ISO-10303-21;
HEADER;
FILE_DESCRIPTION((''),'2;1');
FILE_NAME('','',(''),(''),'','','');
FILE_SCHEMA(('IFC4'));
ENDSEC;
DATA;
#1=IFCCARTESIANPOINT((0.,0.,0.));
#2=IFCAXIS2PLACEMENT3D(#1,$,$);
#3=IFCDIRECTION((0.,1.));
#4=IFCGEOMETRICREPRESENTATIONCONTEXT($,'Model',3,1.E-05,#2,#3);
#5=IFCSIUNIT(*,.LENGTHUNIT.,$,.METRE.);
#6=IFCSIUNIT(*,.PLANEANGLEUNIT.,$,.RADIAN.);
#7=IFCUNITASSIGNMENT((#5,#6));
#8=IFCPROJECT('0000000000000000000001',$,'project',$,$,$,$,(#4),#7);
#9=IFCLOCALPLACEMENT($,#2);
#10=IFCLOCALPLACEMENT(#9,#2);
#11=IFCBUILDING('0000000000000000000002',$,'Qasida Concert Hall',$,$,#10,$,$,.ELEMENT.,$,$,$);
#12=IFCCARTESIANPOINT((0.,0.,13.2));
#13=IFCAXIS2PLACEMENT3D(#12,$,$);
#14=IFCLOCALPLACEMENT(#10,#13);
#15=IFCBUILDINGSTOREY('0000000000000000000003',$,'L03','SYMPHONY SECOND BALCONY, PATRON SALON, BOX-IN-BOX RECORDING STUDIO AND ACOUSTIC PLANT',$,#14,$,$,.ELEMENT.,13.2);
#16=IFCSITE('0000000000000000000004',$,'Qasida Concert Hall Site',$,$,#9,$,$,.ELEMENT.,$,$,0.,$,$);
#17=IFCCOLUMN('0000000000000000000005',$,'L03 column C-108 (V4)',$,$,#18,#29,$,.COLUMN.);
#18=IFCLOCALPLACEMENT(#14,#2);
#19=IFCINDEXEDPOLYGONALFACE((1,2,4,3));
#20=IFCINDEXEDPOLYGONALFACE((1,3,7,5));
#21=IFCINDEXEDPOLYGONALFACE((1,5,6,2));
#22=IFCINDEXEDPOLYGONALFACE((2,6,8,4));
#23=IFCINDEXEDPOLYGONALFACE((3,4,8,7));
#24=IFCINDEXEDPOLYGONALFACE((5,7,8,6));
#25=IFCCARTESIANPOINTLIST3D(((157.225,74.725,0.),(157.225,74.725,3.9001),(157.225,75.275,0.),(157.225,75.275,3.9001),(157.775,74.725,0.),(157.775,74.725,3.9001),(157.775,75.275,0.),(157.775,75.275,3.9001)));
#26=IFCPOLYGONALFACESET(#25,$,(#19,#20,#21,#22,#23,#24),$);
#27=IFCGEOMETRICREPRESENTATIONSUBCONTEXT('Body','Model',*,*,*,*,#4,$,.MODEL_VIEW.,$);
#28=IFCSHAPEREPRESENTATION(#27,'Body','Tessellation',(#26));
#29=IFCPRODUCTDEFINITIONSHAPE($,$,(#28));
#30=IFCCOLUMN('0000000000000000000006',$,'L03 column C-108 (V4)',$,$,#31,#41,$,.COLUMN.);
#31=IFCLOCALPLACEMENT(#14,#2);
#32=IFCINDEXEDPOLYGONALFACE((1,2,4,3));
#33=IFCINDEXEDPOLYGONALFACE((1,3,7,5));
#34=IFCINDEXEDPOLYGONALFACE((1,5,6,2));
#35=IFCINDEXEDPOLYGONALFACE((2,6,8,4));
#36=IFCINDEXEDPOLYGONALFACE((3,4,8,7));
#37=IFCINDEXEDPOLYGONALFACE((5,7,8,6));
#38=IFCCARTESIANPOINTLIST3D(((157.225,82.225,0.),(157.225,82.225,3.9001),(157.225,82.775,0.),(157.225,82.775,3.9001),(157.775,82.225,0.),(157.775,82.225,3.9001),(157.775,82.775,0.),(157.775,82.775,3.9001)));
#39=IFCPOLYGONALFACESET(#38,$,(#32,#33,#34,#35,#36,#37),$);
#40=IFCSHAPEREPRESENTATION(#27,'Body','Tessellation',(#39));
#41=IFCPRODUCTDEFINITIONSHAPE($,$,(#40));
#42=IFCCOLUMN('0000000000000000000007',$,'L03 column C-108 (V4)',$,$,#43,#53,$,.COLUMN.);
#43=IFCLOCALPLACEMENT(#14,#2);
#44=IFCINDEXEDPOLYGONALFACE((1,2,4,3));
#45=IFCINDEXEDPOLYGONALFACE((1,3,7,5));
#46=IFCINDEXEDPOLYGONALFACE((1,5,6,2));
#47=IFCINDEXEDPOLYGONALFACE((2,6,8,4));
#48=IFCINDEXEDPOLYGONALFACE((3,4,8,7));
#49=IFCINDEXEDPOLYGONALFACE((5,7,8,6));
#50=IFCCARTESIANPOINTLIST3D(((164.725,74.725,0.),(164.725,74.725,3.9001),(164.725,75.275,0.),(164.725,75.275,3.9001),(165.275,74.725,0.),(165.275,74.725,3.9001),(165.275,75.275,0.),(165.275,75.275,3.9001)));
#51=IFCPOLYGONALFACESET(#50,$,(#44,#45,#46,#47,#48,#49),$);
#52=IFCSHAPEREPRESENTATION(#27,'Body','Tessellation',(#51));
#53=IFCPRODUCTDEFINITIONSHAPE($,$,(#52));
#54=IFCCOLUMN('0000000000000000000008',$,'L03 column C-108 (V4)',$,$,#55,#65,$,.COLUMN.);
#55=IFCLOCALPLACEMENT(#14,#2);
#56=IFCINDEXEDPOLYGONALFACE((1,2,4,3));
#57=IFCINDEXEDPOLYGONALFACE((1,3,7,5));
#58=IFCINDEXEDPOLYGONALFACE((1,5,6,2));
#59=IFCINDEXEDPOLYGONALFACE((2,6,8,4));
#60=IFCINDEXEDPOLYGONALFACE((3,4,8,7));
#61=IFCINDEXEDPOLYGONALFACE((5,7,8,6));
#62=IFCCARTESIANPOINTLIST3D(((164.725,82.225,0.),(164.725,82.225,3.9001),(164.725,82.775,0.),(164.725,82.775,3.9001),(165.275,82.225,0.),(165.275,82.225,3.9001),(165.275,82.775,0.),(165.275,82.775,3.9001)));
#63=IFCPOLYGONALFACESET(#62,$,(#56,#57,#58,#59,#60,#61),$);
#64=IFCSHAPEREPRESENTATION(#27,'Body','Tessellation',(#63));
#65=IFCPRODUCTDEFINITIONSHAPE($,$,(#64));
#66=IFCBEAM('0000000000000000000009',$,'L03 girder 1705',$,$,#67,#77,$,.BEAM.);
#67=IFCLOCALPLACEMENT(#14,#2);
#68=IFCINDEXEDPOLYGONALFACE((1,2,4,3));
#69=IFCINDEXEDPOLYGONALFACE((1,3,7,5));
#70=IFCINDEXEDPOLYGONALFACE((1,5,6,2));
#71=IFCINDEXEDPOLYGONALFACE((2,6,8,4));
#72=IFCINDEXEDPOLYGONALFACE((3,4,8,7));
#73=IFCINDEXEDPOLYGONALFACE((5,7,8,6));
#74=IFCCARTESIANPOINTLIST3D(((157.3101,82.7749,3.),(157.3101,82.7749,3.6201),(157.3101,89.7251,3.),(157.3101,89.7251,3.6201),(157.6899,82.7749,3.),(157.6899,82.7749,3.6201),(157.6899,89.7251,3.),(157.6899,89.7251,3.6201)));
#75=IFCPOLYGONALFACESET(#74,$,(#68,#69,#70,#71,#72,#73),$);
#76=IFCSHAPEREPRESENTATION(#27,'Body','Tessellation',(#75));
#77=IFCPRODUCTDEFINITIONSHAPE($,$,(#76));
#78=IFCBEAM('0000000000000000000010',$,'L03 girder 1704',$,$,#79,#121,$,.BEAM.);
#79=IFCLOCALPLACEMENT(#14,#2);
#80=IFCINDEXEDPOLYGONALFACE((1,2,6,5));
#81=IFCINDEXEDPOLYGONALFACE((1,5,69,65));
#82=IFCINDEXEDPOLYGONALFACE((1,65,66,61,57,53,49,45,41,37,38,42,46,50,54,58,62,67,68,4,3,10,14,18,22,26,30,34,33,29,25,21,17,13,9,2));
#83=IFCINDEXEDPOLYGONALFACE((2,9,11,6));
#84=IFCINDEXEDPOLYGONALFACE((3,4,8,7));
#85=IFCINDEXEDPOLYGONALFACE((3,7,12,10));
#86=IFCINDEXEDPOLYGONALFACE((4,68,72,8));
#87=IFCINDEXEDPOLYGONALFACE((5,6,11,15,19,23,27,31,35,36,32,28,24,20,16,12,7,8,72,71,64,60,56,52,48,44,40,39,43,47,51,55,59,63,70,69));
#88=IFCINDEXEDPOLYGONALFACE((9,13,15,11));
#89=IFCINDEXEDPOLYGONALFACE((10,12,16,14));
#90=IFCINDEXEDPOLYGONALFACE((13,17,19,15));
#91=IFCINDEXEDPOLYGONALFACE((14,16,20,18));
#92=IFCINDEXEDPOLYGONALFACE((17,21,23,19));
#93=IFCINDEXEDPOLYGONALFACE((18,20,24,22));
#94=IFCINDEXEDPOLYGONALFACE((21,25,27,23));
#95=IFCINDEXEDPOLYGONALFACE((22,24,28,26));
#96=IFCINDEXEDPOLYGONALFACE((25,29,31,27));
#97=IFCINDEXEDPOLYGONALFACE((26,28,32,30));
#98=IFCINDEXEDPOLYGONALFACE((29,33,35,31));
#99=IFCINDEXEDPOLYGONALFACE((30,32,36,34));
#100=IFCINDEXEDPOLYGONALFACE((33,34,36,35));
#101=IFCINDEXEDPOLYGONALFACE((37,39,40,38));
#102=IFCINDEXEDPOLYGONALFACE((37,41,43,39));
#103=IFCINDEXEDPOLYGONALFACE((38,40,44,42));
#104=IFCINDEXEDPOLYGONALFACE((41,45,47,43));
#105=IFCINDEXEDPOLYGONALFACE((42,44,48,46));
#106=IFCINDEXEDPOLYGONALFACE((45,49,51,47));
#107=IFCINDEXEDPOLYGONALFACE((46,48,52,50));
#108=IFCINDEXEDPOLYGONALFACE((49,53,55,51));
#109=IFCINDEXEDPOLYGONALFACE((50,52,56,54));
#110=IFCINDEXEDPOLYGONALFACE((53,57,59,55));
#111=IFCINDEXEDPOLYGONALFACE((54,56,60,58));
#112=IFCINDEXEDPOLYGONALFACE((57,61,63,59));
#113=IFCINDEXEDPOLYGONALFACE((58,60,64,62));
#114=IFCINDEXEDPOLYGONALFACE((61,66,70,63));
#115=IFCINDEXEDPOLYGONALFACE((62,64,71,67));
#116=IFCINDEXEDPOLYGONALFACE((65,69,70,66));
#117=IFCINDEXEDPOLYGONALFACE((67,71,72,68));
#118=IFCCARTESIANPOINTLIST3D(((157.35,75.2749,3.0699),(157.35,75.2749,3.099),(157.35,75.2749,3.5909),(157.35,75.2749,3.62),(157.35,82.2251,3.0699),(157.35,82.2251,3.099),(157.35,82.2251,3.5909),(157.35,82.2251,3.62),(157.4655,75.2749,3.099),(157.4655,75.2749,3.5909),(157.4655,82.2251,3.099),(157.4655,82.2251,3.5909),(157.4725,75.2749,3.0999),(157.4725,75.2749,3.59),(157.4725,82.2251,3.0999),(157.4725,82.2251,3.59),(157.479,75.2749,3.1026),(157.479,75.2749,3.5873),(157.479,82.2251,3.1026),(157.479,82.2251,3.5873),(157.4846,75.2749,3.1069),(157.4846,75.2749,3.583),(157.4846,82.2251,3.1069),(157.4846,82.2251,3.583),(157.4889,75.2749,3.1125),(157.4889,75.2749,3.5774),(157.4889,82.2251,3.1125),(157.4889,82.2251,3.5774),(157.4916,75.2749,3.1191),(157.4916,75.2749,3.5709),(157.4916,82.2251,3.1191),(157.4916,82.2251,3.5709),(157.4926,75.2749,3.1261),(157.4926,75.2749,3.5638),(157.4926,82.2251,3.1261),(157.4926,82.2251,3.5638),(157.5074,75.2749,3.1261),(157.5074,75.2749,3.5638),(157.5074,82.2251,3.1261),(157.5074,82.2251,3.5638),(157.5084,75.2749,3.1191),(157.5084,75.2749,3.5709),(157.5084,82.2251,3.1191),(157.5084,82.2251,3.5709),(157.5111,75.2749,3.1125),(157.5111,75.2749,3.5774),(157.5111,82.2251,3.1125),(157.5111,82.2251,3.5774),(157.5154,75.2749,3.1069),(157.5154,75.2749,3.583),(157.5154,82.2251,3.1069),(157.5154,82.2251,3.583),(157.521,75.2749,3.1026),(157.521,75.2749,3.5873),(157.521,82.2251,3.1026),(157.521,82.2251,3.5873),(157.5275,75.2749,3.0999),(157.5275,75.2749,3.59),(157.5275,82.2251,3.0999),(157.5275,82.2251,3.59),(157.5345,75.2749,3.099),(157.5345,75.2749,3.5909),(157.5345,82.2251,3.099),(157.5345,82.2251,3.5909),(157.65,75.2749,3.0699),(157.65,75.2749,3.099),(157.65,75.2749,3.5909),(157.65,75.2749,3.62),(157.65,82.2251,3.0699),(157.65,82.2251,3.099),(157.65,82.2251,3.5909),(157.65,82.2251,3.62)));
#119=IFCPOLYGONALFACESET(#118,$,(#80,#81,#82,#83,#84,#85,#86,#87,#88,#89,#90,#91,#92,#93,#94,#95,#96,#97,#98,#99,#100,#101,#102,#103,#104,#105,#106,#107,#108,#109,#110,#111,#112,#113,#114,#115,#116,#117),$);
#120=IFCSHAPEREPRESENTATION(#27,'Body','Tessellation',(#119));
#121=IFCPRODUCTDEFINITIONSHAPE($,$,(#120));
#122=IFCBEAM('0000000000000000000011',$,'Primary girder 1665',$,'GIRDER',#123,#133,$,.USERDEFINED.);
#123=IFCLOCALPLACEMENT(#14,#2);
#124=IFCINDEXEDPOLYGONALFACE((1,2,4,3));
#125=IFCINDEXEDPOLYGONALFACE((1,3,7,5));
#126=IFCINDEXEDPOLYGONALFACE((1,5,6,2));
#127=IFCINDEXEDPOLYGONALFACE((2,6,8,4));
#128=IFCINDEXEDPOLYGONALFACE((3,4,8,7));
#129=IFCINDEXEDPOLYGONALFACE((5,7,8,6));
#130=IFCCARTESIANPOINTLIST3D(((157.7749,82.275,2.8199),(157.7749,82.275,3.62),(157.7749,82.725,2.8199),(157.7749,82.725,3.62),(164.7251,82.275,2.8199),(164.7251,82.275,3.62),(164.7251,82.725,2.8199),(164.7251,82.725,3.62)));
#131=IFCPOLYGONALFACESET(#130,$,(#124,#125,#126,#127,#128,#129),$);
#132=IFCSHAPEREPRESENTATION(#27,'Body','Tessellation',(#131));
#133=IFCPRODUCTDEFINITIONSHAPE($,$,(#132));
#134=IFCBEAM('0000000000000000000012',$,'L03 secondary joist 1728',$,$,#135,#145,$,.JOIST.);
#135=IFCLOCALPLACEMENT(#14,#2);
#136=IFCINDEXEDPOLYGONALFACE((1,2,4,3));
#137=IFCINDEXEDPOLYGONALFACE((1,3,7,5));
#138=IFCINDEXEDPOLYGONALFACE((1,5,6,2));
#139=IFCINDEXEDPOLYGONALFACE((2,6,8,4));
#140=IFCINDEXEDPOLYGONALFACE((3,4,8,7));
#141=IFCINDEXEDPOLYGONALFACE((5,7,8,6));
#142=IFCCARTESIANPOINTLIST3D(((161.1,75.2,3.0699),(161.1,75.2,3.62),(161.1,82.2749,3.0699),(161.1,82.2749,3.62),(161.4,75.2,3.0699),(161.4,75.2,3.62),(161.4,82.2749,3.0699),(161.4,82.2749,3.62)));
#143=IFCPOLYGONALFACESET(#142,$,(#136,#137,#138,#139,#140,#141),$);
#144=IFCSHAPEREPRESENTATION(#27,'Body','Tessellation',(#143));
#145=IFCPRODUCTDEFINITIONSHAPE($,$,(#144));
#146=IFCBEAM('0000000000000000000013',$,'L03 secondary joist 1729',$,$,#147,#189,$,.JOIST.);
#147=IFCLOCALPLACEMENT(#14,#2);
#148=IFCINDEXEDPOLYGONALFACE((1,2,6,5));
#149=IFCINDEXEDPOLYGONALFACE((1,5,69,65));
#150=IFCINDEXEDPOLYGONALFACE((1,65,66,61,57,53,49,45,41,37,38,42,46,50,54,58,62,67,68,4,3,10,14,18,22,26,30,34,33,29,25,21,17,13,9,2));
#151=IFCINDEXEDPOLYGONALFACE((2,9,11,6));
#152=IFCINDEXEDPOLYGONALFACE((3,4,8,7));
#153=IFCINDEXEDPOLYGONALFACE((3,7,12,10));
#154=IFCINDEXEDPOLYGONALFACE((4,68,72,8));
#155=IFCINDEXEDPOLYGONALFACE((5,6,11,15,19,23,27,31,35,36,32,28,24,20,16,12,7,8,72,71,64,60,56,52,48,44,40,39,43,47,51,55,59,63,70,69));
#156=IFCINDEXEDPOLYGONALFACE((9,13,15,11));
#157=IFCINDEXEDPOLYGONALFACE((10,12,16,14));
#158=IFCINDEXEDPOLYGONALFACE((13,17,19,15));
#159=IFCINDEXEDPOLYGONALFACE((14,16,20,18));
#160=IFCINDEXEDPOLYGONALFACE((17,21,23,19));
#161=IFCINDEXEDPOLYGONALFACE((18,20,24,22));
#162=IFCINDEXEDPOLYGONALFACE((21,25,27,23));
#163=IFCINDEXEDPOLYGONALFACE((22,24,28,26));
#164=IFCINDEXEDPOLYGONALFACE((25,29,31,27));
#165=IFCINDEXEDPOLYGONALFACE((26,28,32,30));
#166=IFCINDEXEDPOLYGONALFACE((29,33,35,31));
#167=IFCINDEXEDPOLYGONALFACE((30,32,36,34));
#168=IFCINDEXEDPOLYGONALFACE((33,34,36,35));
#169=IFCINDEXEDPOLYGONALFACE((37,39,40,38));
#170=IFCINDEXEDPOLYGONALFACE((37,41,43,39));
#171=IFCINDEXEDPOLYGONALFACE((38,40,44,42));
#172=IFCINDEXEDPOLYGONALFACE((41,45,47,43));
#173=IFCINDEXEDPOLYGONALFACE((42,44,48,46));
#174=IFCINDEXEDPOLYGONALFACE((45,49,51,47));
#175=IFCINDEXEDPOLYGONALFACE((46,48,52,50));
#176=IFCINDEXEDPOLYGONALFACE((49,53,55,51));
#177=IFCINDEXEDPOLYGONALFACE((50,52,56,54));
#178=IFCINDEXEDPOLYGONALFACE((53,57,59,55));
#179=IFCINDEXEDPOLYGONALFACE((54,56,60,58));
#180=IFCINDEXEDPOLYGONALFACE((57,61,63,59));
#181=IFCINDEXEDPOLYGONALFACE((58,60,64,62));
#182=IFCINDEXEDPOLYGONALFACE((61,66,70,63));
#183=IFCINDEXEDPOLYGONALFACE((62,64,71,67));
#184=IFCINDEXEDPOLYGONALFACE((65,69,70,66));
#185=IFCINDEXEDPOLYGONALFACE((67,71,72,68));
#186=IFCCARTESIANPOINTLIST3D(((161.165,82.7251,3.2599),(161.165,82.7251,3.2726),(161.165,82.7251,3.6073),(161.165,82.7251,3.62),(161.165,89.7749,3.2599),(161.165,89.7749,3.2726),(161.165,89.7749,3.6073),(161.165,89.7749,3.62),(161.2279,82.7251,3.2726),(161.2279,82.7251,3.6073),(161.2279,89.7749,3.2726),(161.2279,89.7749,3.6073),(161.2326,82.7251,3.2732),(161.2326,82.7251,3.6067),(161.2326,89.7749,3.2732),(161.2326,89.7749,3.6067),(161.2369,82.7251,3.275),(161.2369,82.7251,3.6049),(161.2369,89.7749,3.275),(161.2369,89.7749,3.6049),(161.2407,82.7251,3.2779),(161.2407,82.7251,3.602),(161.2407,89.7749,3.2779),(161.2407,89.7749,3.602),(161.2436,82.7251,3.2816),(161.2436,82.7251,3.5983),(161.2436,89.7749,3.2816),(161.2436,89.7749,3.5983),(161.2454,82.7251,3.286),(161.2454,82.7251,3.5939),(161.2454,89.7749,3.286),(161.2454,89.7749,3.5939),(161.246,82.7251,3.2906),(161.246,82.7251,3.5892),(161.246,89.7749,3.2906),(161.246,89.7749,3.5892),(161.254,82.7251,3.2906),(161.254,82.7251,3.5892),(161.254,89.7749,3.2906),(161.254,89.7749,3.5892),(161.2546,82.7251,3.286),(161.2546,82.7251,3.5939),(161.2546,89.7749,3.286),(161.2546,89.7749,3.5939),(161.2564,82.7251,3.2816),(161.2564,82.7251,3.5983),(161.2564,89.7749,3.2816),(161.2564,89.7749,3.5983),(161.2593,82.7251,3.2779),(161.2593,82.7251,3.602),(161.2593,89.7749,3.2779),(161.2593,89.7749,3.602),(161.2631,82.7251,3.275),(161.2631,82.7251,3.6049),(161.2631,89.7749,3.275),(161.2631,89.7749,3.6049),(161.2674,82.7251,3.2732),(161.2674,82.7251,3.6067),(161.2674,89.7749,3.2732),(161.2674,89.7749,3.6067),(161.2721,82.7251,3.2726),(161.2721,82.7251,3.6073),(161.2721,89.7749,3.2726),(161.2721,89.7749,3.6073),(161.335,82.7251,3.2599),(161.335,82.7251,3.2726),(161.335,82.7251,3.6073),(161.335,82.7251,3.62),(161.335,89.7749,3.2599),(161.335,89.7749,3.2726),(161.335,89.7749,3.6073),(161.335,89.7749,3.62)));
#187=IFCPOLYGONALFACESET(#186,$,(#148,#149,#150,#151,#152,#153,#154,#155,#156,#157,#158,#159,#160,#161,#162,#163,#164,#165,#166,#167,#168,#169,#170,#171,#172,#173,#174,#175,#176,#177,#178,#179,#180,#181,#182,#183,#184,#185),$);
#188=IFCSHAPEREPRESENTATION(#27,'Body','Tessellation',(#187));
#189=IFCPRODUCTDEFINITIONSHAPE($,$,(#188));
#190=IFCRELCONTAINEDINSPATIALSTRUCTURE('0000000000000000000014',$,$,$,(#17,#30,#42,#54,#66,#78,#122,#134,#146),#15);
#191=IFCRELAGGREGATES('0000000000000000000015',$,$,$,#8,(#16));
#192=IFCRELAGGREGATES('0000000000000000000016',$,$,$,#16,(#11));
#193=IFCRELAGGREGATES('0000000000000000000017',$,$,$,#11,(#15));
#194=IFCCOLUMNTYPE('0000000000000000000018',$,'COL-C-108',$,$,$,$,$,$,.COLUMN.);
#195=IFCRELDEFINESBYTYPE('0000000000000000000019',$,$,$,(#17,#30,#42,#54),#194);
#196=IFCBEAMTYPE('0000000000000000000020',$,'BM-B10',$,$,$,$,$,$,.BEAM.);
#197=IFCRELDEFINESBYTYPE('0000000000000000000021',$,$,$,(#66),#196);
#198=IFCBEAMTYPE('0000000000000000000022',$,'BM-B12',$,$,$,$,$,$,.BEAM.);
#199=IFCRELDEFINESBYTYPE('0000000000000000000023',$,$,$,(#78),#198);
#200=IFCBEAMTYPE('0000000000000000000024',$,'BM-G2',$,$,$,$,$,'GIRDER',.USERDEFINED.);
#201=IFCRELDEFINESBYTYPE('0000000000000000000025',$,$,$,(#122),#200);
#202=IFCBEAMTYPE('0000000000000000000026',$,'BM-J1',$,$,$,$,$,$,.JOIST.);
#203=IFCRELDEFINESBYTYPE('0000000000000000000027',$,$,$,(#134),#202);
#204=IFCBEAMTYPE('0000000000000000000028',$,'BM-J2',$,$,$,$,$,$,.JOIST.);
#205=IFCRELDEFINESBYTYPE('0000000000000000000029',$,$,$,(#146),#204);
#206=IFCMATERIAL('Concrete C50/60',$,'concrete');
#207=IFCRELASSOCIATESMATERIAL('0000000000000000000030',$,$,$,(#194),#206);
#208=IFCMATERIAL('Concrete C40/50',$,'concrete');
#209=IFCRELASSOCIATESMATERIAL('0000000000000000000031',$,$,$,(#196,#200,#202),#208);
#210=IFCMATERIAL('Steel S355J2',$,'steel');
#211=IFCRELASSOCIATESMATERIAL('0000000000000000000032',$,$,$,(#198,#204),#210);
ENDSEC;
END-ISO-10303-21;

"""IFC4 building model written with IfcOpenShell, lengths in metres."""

from ifc_helpers import new_model, si_unit, direction, frame, origin, origin_2d, place, context, subcontext, project, spatial, rectangle, i_section, extrude, material, material_profile, profile_set, type_object, element, save


model = new_model("IFC4")

# Units and contexts
model_context = context("Model", 3, precision=1e-05, world=origin(), true_north=direction((0.0, 1.0)))
body_context = subcontext(model_context, "Body", "Model", "MODEL_VIEW")
ifc_project = project(units=[si_unit("LENGTHUNIT", "METRE"), si_unit("PLANEANGLEUNIT", "RADIAN")], contexts=[model_context])

# Site, building, storey
site_placement = place(None, origin())
site = spatial("IfcSite", under=ifc_project, at=site_placement, Name="Qasida Concert Hall Site", CompositionType="ELEMENT", RefElevation=0.0)
building_placement = place(site_placement, origin())
building = spatial("IfcBuilding", under=site, at=building_placement, Name="Qasida Concert Hall", CompositionType="ELEMENT")
storey_placement = place(building_placement, frame((0.0, 0.0, 13.2)))
storey = spatial("IfcBuildingStorey", under=building, at=storey_placement, Name="L03", Description="SYMPHONY SECOND BALCONY, PATRON SALON, BOX-IN-BOX RECORDING STUDIO AND ACOUSTIC PLANT", CompositionType="ELEMENT", Elevation=13.2)

# Columns
ifc_material_1 = material(Name="Concrete C50/60", Category="concrete")
ifc_material_profile_1 = material_profile(ifc_material_1, rectangle(XDim=0.55, YDim=0.55, at=origin_2d()), Name="RC 550x550")
ifc_profile_set_1 = profile_set([ifc_material_profile_1], Name="Concrete C50/60")
column_type = type_object("IfcColumnType", Name="COL-C-108", PredefinedType="COLUMN", material=ifc_profile_set_1)
for number, where, z_axis, x_axis, name in (
    (1, (157.5, 75.0, 0.0), (0.0, 0.0, 1.0), (1.0, 0.0, 0.0), "L03 column C-108 (V4)"),
    (2, (157.5, 82.5, 0.0), (0.0, 0.0, 1.0), (1.0, 0.0, 0.0), "L03 column C-108 (V4)"),
    (3, (165.0, 75.0, 0.0), (0.0, 0.0, 1.0), (1.0, 0.0, 0.0), "L03 column C-108 (V4)"),
    (4, (165.0, 82.5, 0.0), (0.0, 0.0, 1.0), (1.0, 0.0, 0.0), "L03 column C-108 (V4)"),
):
    element("IfcColumn", number, at=place(storey_placement, frame(where, z_axis=z_axis, x_axis=x_axis)), inside=storey, type_object=column_type, Name=name, PredefinedType="COLUMN", context=body_context, shape_type="SweptSolid", body=[
        extrude(rectangle(XDim=0.55, YDim=0.55, at=origin_2d()), origin(), (0.0, 0.0, 1.0), 3.9001),
    ])

# Beams
ifc_material_2 = material(Name="Concrete C40/50", Category="concrete")
ifc_material_profile_2 = material_profile(ifc_material_2, rectangle(XDim=0.3799, YDim=0.6201, at=origin_2d()), Name="RC 380x620")
ifc_profile_set_2 = profile_set([ifc_material_profile_2], Name="Concrete C40/50")
beam_type_1 = type_object("IfcBeamType", Name="BM-B10", PredefinedType="BEAM", material=ifc_profile_set_2)
beam_1_placement = place(storey_placement, frame((157.5, 82.7749, 3.3101), z_axis=(0.0, 1.0, 0.0), x_axis=(-1.0, 0.0, 0.0)))
element("IfcBeam", 5, at=beam_1_placement, inside=storey, type_object=beam_type_1, Name="L03 girder 1705", PredefinedType="BEAM", context=body_context, shape_type="SweptSolid", body=[
    extrude(rectangle(XDim=0.3799, YDim=0.6201, at=origin_2d()), origin(), (0.0, 0.0, 1.0), 6.9502),
])
ifc_material_3 = material(Name="Steel S355J2", Category="steel")
ifc_material_profile_3 = material_profile(ifc_material_3, i_section(OverallWidth=0.3, OverallDepth=0.55, WebThickness=0.0149, FlangeThickness=0.0291, FilletRadius=0.0271, at=origin_2d()), Name="HEB 550")
ifc_profile_set_3 = profile_set([ifc_material_profile_3], Name="Steel S355J2")
beam_type_2 = type_object("IfcBeamType", Name="BM-B12", PredefinedType="BEAM", material=ifc_profile_set_3)
beam_2_placement = place(storey_placement, frame((157.5, 75.2749, 3.345), z_axis=(0.0, 1.0, 0.0), x_axis=(-1.0, 0.0, 0.0)))
element("IfcBeam", 6, at=beam_2_placement, inside=storey, type_object=beam_type_2, Name="L03 girder 1704", PredefinedType="BEAM", context=body_context, shape_type="SweptSolid", body=[
    extrude(i_section(OverallWidth=0.3, OverallDepth=0.55, WebThickness=0.0149, FlangeThickness=0.0291, FilletRadius=0.0271, at=origin_2d()), origin(), (0.0, 0.0, 1.0), 6.9502),
])
ifc_material_profile_4 = material_profile(ifc_material_2, rectangle(XDim=0.45, YDim=0.8, at=origin_2d()), Name="RC 450x800")
ifc_profile_set_4 = profile_set([ifc_material_profile_4], Name="Concrete C40/50")
beam_type_3 = type_object("IfcBeamType", Name="BM-G2", ElementType="GIRDER", PredefinedType="USERDEFINED", material=ifc_profile_set_4)
beam_3_placement = place(storey_placement, frame((157.7749, 82.5, 3.22), z_axis=(1.0, 0.0, 0.0), x_axis=(0.0, 1.0, 0.0)))
element("IfcBeam", 7, at=beam_3_placement, inside=storey, type_object=beam_type_3, Name="Primary girder 1665", ObjectType="GIRDER", PredefinedType="USERDEFINED", context=body_context, shape_type="SweptSolid", body=[
    extrude(rectangle(XDim=0.45, YDim=0.8, at=origin_2d()), origin(), (0.0, 0.0, 1.0), 6.9502),
])
ifc_material_profile_5 = material_profile(ifc_material_2, rectangle(XDim=0.3, YDim=0.55, at=origin_2d()), Name="RC 300x550")
ifc_profile_set_5 = profile_set([ifc_material_profile_5], Name="Concrete C40/50")
beam_type_4 = type_object("IfcBeamType", Name="BM-J1", PredefinedType="JOIST", material=ifc_profile_set_5)
beam_4_placement = place(storey_placement, frame((161.25, 75.2, 3.345), z_axis=(0.0, 1.0, 0.0), x_axis=(-1.0, 0.0, 0.0)))
element("IfcBeam", 8, at=beam_4_placement, inside=storey, type_object=beam_type_4, Name="L03 secondary joist 1728", PredefinedType="JOIST", context=body_context, shape_type="SweptSolid", body=[
    extrude(rectangle(XDim=0.3, YDim=0.55, at=origin_2d()), origin(), (0.0, 0.0, 1.0), 7.075),
])
ifc_material_profile_6 = material_profile(ifc_material_3, i_section(OverallWidth=0.1699, OverallDepth=0.3601, WebThickness=0.0081, FlangeThickness=0.0127, FilletRadius=0.0181, at=origin_2d()), Name="IPE 360")
ifc_profile_set_6 = profile_set([ifc_material_profile_6], Name="Steel S355J2")
beam_type_5 = type_object("IfcBeamType", Name="BM-J2", PredefinedType="JOIST", material=ifc_profile_set_6)
beam_5_placement = place(storey_placement, frame((161.25, 82.7251, 3.4399), z_axis=(0.0, 1.0, 0.0), x_axis=(-1.0, 0.0, 0.0)))
element("IfcBeam", 9, at=beam_5_placement, inside=storey, type_object=beam_type_5, Name="L03 secondary joist 1729", PredefinedType="JOIST", context=body_context, shape_type="SweptSolid", body=[
    extrude(i_section(OverallWidth=0.1699, OverallDepth=0.3601, WebThickness=0.0081, FlangeThickness=0.0127, FilletRadius=0.0181, at=origin_2d()), origin(), (0.0, 0.0, 1.0), 7.0498),
])

save(model, "model.ifc")
